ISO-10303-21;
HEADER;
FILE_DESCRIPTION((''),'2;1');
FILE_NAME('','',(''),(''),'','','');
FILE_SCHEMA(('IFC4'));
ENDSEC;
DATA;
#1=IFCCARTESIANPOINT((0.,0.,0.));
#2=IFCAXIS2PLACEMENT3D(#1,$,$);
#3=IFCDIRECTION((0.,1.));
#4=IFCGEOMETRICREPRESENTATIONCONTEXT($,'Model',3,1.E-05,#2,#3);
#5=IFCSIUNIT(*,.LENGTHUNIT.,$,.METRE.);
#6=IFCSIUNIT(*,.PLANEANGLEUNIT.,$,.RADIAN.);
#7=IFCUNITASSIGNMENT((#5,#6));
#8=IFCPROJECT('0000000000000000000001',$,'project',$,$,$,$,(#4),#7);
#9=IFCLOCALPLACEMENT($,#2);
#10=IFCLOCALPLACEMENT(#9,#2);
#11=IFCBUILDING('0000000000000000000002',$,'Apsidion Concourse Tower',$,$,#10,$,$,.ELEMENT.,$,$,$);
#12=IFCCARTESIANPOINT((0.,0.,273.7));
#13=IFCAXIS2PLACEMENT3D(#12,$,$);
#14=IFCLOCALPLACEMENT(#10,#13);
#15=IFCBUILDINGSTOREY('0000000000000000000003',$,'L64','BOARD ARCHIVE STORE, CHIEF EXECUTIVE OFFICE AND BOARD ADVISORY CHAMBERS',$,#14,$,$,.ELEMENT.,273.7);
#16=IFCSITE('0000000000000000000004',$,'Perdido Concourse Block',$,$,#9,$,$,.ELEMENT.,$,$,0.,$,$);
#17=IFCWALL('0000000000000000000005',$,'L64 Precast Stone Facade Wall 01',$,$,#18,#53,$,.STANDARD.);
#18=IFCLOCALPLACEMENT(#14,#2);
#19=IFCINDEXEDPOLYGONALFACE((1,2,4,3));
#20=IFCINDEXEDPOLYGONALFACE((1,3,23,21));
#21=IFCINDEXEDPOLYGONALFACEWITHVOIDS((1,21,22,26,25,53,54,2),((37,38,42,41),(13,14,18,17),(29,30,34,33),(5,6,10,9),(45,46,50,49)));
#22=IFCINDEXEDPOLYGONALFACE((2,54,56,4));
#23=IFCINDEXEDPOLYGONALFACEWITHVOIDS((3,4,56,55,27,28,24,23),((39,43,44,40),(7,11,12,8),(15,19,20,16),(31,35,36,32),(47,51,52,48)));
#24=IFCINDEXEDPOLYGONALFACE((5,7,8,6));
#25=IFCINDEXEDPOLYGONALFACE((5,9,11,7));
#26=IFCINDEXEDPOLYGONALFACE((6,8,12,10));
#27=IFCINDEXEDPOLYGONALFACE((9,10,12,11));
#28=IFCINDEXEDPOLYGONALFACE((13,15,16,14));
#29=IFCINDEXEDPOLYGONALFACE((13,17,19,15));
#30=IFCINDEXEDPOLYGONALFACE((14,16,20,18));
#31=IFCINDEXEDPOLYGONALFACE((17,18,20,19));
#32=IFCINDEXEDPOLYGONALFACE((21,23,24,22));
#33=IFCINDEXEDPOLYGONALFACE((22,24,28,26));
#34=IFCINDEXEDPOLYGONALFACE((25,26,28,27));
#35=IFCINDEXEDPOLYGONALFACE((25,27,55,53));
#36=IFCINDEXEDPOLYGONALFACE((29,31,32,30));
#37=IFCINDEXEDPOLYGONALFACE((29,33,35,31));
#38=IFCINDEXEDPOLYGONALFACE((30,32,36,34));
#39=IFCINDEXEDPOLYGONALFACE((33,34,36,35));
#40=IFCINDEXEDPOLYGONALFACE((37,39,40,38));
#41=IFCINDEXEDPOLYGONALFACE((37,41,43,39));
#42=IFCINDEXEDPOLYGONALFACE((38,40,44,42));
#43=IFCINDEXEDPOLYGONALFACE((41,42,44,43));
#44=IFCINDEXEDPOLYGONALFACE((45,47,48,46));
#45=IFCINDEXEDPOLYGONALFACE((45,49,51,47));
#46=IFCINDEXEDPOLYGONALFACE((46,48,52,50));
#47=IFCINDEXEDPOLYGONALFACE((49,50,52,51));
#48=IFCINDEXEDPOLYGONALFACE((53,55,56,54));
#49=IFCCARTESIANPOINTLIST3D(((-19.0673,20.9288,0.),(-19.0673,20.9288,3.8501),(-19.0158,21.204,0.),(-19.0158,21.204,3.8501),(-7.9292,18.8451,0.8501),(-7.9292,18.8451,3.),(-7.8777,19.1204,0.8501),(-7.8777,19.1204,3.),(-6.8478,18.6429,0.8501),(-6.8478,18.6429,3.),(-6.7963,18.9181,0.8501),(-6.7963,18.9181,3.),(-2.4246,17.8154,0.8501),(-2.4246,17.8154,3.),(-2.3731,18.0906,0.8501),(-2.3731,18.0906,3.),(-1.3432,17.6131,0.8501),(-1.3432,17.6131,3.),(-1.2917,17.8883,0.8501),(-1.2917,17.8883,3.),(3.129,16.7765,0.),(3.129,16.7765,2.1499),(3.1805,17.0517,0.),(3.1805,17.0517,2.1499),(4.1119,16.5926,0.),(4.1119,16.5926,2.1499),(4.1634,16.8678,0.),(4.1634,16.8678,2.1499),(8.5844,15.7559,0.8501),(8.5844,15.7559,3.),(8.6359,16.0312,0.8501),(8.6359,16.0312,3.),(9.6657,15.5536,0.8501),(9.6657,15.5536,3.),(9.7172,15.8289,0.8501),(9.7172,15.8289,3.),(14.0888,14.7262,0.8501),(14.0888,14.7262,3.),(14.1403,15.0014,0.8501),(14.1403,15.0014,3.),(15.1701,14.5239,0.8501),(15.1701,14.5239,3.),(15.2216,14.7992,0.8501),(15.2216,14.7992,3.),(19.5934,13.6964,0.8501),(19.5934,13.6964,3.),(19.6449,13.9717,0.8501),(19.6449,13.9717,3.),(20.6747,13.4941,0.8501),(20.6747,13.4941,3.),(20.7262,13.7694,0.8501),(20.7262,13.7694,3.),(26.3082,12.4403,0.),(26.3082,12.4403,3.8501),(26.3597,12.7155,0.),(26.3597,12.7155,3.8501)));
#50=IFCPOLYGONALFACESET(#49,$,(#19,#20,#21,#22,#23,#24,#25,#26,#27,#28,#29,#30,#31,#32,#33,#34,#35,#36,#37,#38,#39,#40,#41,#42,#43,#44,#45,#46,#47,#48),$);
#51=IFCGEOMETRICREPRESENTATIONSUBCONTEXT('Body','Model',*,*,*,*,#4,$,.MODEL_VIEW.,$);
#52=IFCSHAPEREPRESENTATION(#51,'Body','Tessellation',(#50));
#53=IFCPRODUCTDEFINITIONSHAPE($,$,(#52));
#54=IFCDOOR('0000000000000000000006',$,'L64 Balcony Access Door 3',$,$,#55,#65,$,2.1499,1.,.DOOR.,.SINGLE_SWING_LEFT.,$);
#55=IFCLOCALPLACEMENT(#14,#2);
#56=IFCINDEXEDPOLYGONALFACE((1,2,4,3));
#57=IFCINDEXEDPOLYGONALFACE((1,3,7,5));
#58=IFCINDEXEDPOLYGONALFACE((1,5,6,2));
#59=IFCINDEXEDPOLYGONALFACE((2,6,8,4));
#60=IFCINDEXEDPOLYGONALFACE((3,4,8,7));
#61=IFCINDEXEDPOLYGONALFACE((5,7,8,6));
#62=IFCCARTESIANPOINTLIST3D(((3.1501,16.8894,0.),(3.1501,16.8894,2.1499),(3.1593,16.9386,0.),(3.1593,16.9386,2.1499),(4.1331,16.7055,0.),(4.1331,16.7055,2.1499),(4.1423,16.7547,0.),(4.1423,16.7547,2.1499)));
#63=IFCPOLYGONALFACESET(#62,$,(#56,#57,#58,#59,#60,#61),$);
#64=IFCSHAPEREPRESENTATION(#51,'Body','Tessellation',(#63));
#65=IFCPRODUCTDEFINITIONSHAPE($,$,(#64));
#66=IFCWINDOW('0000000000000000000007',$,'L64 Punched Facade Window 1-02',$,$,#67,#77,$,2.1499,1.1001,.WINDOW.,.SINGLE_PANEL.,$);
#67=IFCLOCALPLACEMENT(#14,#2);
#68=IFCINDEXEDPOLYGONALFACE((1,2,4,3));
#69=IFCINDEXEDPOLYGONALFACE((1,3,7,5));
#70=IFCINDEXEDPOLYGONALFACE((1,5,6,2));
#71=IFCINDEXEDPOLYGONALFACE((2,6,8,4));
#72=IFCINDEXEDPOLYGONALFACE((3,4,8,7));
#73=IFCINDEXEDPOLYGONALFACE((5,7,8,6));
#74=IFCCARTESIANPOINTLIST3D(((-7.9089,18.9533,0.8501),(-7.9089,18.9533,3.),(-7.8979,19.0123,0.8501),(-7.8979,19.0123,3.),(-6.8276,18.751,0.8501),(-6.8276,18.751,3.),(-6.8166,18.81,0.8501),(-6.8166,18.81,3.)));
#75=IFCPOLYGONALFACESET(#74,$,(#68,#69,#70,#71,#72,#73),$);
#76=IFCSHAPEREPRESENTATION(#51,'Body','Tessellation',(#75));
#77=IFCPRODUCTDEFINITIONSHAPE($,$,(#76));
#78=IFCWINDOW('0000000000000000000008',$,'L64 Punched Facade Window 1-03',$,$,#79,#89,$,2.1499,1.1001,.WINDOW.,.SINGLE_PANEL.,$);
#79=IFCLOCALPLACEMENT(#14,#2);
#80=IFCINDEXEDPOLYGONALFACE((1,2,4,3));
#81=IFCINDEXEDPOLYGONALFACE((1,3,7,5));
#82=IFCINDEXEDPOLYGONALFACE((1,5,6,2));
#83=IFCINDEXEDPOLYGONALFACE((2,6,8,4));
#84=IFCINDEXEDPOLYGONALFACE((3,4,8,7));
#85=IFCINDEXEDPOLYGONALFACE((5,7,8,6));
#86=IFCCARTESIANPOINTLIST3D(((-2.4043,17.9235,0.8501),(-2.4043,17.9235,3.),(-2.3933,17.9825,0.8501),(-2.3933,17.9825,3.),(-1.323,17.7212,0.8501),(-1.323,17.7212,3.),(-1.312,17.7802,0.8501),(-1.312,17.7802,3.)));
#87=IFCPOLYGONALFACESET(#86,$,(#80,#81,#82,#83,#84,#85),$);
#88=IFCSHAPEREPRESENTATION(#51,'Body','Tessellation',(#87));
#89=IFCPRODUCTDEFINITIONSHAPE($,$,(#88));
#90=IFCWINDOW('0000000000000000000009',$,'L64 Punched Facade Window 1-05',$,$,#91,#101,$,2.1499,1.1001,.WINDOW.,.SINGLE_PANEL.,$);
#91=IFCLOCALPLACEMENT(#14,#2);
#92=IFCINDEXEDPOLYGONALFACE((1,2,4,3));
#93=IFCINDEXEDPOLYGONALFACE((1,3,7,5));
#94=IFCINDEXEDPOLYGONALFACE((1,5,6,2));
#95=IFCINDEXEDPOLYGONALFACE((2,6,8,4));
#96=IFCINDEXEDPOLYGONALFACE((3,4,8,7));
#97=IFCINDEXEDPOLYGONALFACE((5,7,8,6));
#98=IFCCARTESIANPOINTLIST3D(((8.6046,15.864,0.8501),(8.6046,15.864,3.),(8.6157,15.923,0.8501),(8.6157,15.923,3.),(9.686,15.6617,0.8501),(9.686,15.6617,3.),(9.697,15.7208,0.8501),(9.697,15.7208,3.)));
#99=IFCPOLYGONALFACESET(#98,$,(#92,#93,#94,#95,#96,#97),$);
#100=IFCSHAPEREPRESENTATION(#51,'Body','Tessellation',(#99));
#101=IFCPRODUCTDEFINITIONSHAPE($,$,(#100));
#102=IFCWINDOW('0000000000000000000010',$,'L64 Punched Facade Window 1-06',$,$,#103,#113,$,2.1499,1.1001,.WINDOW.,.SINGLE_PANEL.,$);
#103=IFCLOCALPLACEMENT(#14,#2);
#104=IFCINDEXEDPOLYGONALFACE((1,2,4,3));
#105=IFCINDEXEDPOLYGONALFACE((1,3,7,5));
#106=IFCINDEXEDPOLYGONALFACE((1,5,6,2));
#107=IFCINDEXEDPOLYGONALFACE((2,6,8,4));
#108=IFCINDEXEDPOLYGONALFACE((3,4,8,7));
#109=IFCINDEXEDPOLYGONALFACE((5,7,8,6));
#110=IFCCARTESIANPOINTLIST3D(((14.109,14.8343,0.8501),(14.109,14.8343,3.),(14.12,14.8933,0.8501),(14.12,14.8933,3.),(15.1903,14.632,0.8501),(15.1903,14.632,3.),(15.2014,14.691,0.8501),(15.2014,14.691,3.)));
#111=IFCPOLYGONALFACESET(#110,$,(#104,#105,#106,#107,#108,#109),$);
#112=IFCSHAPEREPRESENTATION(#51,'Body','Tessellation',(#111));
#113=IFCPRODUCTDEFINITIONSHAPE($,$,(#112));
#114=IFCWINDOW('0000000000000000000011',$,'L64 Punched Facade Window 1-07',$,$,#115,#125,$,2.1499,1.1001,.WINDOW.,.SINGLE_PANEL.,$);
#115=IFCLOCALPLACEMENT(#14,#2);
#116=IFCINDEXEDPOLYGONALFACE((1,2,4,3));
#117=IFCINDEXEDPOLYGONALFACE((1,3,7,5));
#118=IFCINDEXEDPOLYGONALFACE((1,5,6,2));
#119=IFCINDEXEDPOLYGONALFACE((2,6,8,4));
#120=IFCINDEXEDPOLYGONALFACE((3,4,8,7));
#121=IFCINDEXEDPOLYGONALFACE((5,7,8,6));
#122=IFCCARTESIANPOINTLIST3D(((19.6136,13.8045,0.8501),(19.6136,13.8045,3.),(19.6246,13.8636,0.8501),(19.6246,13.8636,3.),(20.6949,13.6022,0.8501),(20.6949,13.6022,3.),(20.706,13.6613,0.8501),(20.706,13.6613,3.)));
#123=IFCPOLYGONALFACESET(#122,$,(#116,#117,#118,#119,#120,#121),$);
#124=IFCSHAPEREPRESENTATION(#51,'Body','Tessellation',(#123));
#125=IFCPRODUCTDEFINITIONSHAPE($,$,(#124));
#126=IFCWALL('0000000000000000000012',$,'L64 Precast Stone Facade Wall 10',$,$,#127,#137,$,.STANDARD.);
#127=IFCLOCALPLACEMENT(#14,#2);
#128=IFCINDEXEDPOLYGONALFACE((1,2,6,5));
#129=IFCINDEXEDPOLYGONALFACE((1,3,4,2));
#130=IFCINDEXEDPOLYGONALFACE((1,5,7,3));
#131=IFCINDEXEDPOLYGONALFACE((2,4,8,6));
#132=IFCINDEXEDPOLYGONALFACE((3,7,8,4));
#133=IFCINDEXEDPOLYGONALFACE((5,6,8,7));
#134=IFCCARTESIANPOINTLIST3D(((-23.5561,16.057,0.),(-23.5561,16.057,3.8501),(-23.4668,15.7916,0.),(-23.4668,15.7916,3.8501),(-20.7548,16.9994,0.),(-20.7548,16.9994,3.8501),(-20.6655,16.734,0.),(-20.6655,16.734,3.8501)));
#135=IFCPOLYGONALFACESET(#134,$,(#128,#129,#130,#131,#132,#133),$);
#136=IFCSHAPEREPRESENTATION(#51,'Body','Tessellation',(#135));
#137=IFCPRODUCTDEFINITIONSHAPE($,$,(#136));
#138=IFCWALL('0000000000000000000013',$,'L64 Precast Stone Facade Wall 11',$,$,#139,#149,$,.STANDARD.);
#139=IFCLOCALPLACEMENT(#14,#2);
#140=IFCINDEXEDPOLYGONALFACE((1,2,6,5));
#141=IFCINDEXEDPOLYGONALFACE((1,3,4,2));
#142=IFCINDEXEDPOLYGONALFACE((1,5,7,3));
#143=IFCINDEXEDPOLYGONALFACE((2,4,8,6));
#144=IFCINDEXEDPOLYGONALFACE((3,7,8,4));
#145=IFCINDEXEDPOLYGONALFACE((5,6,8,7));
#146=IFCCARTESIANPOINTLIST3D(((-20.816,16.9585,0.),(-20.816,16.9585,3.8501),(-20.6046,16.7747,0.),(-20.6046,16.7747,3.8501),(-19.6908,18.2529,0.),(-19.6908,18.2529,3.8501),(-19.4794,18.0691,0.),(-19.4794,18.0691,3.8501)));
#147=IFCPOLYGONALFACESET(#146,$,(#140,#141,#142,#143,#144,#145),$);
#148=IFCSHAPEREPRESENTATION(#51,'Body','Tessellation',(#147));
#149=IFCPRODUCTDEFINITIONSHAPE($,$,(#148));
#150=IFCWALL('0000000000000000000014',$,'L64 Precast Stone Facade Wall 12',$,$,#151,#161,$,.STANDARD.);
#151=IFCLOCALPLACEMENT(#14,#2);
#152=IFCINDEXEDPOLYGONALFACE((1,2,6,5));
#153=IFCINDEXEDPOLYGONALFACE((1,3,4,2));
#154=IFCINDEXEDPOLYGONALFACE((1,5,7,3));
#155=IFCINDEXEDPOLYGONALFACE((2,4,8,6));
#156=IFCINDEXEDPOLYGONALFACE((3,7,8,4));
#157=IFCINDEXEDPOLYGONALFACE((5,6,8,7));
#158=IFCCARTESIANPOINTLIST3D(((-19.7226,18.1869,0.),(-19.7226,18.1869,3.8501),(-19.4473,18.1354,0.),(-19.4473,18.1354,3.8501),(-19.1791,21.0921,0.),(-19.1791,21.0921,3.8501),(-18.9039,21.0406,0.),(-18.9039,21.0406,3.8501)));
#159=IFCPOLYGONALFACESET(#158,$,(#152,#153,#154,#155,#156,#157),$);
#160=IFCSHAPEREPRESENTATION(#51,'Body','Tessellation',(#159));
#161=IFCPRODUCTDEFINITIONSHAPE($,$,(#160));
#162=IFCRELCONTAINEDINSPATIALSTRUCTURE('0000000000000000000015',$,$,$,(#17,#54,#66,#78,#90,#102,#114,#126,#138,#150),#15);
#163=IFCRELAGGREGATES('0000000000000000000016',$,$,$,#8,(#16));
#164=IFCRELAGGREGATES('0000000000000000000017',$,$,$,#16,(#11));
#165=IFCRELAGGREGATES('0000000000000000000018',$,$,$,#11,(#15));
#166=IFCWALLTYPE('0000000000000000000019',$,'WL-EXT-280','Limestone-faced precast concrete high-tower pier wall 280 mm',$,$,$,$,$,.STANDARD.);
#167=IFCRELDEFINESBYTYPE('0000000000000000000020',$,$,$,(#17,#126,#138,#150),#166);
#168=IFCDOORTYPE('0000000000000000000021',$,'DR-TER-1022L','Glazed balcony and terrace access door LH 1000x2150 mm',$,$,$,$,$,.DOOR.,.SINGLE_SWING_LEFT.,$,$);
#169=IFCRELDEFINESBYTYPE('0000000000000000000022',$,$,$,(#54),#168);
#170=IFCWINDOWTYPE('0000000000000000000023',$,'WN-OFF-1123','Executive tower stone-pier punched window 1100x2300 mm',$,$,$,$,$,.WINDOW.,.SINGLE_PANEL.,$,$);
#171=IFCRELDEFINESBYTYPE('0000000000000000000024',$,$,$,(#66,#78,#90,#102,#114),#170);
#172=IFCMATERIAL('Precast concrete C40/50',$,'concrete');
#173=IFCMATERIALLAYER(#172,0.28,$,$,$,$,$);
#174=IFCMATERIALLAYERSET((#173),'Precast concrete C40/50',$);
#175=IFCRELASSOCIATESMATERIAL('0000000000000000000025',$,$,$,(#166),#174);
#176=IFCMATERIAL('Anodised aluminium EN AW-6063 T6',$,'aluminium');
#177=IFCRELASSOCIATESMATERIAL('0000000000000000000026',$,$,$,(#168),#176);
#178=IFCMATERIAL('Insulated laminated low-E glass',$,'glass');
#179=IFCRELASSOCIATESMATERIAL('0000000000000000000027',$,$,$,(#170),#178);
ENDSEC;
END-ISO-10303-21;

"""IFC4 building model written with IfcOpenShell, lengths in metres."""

from ifc_helpers import new_model, si_unit, direction, frame, frame_2d, origin, place, context, subcontext, project, spatial, rectangle, extrude, material, layer, layer_set, type_object, element, fill, save


model = new_model("IFC4")

# Units and contexts
model_context = context("Model", 3, precision=1e-05, world=origin(), true_north=direction((0.0, 1.0)))
body_context = subcontext(model_context, "Body", "Model", "MODEL_VIEW")
ifc_project = project(units=[si_unit("LENGTHUNIT", "METRE"), si_unit("PLANEANGLEUNIT", "RADIAN")], contexts=[model_context])

# Site, building, storey
site_placement = place(None, origin())
site = spatial("IfcSite", under=ifc_project, at=site_placement, Name="Perdido Concourse Block", CompositionType="ELEMENT", RefElevation=0.0)
building_placement = place(site_placement, origin())
building = spatial("IfcBuilding", under=site, at=building_placement, Name="Apsidion Concourse Tower", CompositionType="ELEMENT")
storey_placement = place(building_placement, frame((0.0, 0.0, 273.7)))
storey = spatial("IfcBuildingStorey", under=building, at=storey_placement, Name="L64", Description="BOARD ARCHIVE STORE, CHIEF EXECUTIVE OFFICE AND BOARD ADVISORY CHAMBERS", CompositionType="ELEMENT", Elevation=273.7)

# Wall, openings, door, windows
ifc_material_1 = material(Name="Precast concrete C40/50", Category="concrete")
ifc_layer_1 = layer(ifc_material_1, 0.28)
ifc_layer_set_1 = layer_set([ifc_layer_1], Name="Precast concrete C40/50")
wall_type_1 = type_object("IfcWallType", Name="WL-EXT-280", Description="Limestone-faced precast concrete high-tower pier wall 280 mm", PredefinedType="STANDARD", material=ifc_layer_set_1)
wall_1_placement = place(storey_placement, frame((-19.0415, 21.0664, 0.0), z_axis=(0.0, 0.0, 1.0), x_axis=(0.982948, -0.183883, 0.0)))
wall_1 = element("IfcWall", 1, at=wall_1_placement, inside=storey, type_object=wall_type_1, Name="L64 Precast Stone Facade Wall 01", PredefinedType="STANDARD", context=body_context, shape_type="SweptSolid", body=[
    extrude(rectangle(XDim=46.1626, YDim=0.28, at=frame_2d((23.0813, 0.0))), origin(), (0.0, 0.0, 1.0), 3.8501),
])
opening_1_placement = place(wall_1_placement, frame((22.5813, 0.0, 0.0)))
opening_1 = element("IfcOpeningElement", 2, at=opening_1_placement, cuts=wall_1, PredefinedType="OPENING", context=body_context, shape_type="SweptSolid", body=[
    extrude(rectangle(XDim=1.0, YDim=2.1499, at=frame_2d((0.5, 1.075))), frame((0.0, 0.1499, 0.0), z_axis=(0.0, -1.0, 0.0), x_axis=(1.0, 0.0, 0.0)), (0.0, 0.0, 1.0), 0.3),
])
opening_2_placement = place(wall_1_placement, frame((11.3313, 0.0, 0.8501)))
opening_2 = element("IfcOpeningElement", 3, at=opening_2_placement, cuts=wall_1, PredefinedType="OPENING", context=body_context, shape_type="SweptSolid", body=[
    extrude(rectangle(XDim=1.1001, YDim=2.1499, at=frame_2d((0.55, 1.075))), frame((0.0, 0.1499, 0.0), z_axis=(0.0, -1.0, 0.0), x_axis=(1.0, 0.0, 0.0)), (0.0, 0.0, 1.0), 0.3),
])
opening_3_placement = place(wall_1_placement, frame((16.9314, 0.0, 0.8501)))
opening_3 = element("IfcOpeningElement", 4, at=opening_3_placement, cuts=wall_1, PredefinedType="OPENING", context=body_context, shape_type="SweptSolid", body=[
    extrude(rectangle(XDim=1.1001, YDim=2.1499, at=frame_2d((0.55, 1.075))), frame((0.0, 0.1499, 0.0), z_axis=(0.0, -1.0, 0.0), x_axis=(1.0, 0.0, 0.0)), (0.0, 0.0, 1.0), 0.3),
])
opening_4_placement = place(wall_1_placement, frame((28.1313, 0.0, 0.8501)))
opening_4 = element("IfcOpeningElement", 5, at=opening_4_placement, cuts=wall_1, PredefinedType="OPENING", context=body_context, shape_type="SweptSolid", body=[
    extrude(rectangle(XDim=1.1001, YDim=2.1499, at=frame_2d((0.55, 1.075))), frame((0.0, 0.1499, 0.0), z_axis=(0.0, -1.0, 0.0), x_axis=(1.0, 0.0, 0.0)), (0.0, 0.0, 1.0), 0.3),
])
opening_5_placement = place(wall_1_placement, frame((33.7312, 0.0, 0.8501)))
opening_5 = element("IfcOpeningElement", 6, at=opening_5_placement, cuts=wall_1, PredefinedType="OPENING", context=body_context, shape_type="SweptSolid", body=[
    extrude(rectangle(XDim=1.1001, YDim=2.1499, at=frame_2d((0.55, 1.075))), frame((0.0, 0.1499, 0.0), z_axis=(0.0, -1.0, 0.0), x_axis=(1.0, 0.0, 0.0)), (0.0, 0.0, 1.0), 0.3),
])
opening_6_placement = place(wall_1_placement, frame((39.3313, 0.0, 0.8501)))
opening_6 = element("IfcOpeningElement", 7, at=opening_6_placement, cuts=wall_1, PredefinedType="OPENING", context=body_context, shape_type="SweptSolid", body=[
    extrude(rectangle(XDim=1.1001, YDim=2.1499, at=frame_2d((0.55, 1.075))), frame((0.0, 0.1499, 0.0), z_axis=(0.0, -1.0, 0.0), x_axis=(1.0, 0.0, 0.0)), (0.0, 0.0, 1.0), 0.3),
])
ifc_material_2 = material(Name="Anodised aluminium EN AW-6063 T6", Category="aluminium")
door_type_1 = type_object("IfcDoorType", Name="DR-TER-1022L", Description="Glazed balcony and terrace access door LH 1000x2150 mm", OperationType="SINGLE_SWING_LEFT", PredefinedType="DOOR", material=ifc_material_2)
door_1_placement = place(opening_1_placement, origin())
door_1 = element("IfcDoor", 8, at=door_1_placement, inside=storey, type_object=door_type_1, Name="L64 Balcony Access Door 3", OperationType="SINGLE_SWING_LEFT", OverallHeight=2.1499, OverallWidth=1.0, PredefinedType="DOOR", context=body_context, shape_type="SweptSolid", body=[
    extrude(rectangle(XDim=1.0, YDim=2.1499, at=frame_2d((0.5, 1.075))), frame((0.0, 0.0249, 0.0), z_axis=(0.0, -1.0, 0.0), x_axis=(1.0, 0.0, 0.0)), (0.0, 0.0, 1.0), 0.05),
])
fill(opening_1, door_1)
ifc_material_3 = material(Name="Insulated laminated low-E glass", Category="glass")
window_type = type_object("IfcWindowType", Name="WN-OFF-1123", Description="Executive tower stone-pier punched window 1100x2300 mm", PartitioningType="SINGLE_PANEL", PredefinedType="WINDOW", material=ifc_material_3)
window_1_placement = place(opening_2_placement, origin())
window_1 = element("IfcWindow", 9, at=window_1_placement, inside=storey, type_object=window_type, Name="L64 Punched Facade Window 1-02", OverallHeight=2.1499, OverallWidth=1.1001, PartitioningType="SINGLE_PANEL", PredefinedType="WINDOW", context=body_context, shape_type="SweptSolid", body=[
    extrude(rectangle(XDim=1.1001, YDim=2.1499, at=frame_2d((0.55, 1.075))), frame((0.0, 0.03, 0.0), z_axis=(0.0, -1.0, 0.0), x_axis=(1.0, 0.0, 0.0)), (0.0, 0.0, 1.0), 0.0601),
])
fill(opening_2, window_1)
window_2_placement = place(opening_3_placement, origin())
window_2 = element("IfcWindow", 10, at=window_2_placement, inside=storey, type_object=window_type, Name="L64 Punched Facade Window 1-03", OverallHeight=2.1499, OverallWidth=1.1001, PartitioningType="SINGLE_PANEL", PredefinedType="WINDOW", context=body_context, shape_type="SweptSolid", body=[
    extrude(rectangle(XDim=1.1001, YDim=2.1499, at=frame_2d((0.55, 1.075))), frame((0.0, 0.03, 0.0), z_axis=(0.0, -1.0, 0.0), x_axis=(1.0, 0.0, 0.0)), (0.0, 0.0, 1.0), 0.0601),
])
fill(opening_3, window_2)
window_3_placement = place(opening_4_placement, origin())
window_3 = element("IfcWindow", 11, at=window_3_placement, inside=storey, type_object=window_type, Name="L64 Punched Facade Window 1-05", OverallHeight=2.1499, OverallWidth=1.1001, PartitioningType="SINGLE_PANEL", PredefinedType="WINDOW", context=body_context, shape_type="SweptSolid", body=[
    extrude(rectangle(XDim=1.1001, YDim=2.1499, at=frame_2d((0.55, 1.075))), frame((0.0, 0.03, 0.0), z_axis=(0.0, -1.0, 0.0), x_axis=(1.0, 0.0, 0.0)), (0.0, 0.0, 1.0), 0.0601),
])
fill(opening_4, window_3)
window_4_placement = place(opening_5_placement, origin())
window_4 = element("IfcWindow", 12, at=window_4_placement, inside=storey, type_object=window_type, Name="L64 Punched Facade Window 1-06", OverallHeight=2.1499, OverallWidth=1.1001, PartitioningType="SINGLE_PANEL", PredefinedType="WINDOW", context=body_context, shape_type="SweptSolid", body=[
    extrude(rectangle(XDim=1.1001, YDim=2.1499, at=frame_2d((0.55, 1.075))), frame((0.0, 0.03, 0.0), z_axis=(0.0, -1.0, 0.0), x_axis=(1.0, 0.0, 0.0)), (0.0, 0.0, 1.0), 0.0601),
])
fill(opening_5, window_4)
window_5_placement = place(opening_6_placement, origin())
window_5 = element("IfcWindow", 13, at=window_5_placement, inside=storey, type_object=window_type, Name="L64 Punched Facade Window 1-07", OverallHeight=2.1499, OverallWidth=1.1001, PartitioningType="SINGLE_PANEL", PredefinedType="WINDOW", context=body_context, shape_type="SweptSolid", body=[
    extrude(rectangle(XDim=1.1001, YDim=2.1499, at=frame_2d((0.55, 1.075))), frame((0.0, 0.03, 0.0), z_axis=(0.0, -1.0, 0.0), x_axis=(1.0, 0.0, 0.0)), (0.0, 0.0, 1.0), 0.0601),
])
fill(opening_6, window_5)

# Walls
wall_2_placement = place(storey_placement, frame((-23.5115, 15.9243, 0.0), z_axis=(0.0, 0.0, 1.0), x_axis=(0.947804, 0.318853, 0.0)))
element("IfcWall", 14, at=wall_2_placement, inside=storey, type_object=wall_type_1, Name="L64 Precast Stone Facade Wall 10", PredefinedType="STANDARD", context=body_context, shape_type="SweptSolid", body=[
    extrude(rectangle(XDim=2.9556, YDim=0.28, at=frame_2d((1.4778, 0.0))), origin(), (0.0, 0.0, 1.0), 3.8501),
])
wall_3_placement = place(storey_placement, frame((-20.7102, 16.8667, 0.0), z_axis=(0.0, 0.0, 1.0), x_axis=(0.656062, 0.754707, 0.0)))
element("IfcWall", 15, at=wall_3_placement, inside=storey, type_object=wall_type_1, Name="L64 Precast Stone Facade Wall 11", PredefinedType="STANDARD", context=body_context, shape_type="SweptSolid", body=[
    extrude(rectangle(XDim=1.7151, YDim=0.28, at=frame_2d((0.8574, 0.0))), origin(), (0.0, 0.0, 1.0), 3.8501),
])
wall_4_placement = place(storey_placement, frame((-19.585, 18.1611, 0.0), z_axis=(0.0, 0.0, 1.0), x_axis=(0.18387, 0.982951, 0.0)))
element("IfcWall", 16, at=wall_4_placement, inside=storey, type_object=wall_type_1, Name="L64 Precast Stone Facade Wall 12", PredefinedType="STANDARD", context=body_context, shape_type="SweptSolid", body=[
    extrude(rectangle(XDim=2.9556, YDim=0.28, at=frame_2d((1.4778, 0.0))), origin(), (0.0, 0.0, 1.0), 3.8501),
])

save(model, "model.ifc")
